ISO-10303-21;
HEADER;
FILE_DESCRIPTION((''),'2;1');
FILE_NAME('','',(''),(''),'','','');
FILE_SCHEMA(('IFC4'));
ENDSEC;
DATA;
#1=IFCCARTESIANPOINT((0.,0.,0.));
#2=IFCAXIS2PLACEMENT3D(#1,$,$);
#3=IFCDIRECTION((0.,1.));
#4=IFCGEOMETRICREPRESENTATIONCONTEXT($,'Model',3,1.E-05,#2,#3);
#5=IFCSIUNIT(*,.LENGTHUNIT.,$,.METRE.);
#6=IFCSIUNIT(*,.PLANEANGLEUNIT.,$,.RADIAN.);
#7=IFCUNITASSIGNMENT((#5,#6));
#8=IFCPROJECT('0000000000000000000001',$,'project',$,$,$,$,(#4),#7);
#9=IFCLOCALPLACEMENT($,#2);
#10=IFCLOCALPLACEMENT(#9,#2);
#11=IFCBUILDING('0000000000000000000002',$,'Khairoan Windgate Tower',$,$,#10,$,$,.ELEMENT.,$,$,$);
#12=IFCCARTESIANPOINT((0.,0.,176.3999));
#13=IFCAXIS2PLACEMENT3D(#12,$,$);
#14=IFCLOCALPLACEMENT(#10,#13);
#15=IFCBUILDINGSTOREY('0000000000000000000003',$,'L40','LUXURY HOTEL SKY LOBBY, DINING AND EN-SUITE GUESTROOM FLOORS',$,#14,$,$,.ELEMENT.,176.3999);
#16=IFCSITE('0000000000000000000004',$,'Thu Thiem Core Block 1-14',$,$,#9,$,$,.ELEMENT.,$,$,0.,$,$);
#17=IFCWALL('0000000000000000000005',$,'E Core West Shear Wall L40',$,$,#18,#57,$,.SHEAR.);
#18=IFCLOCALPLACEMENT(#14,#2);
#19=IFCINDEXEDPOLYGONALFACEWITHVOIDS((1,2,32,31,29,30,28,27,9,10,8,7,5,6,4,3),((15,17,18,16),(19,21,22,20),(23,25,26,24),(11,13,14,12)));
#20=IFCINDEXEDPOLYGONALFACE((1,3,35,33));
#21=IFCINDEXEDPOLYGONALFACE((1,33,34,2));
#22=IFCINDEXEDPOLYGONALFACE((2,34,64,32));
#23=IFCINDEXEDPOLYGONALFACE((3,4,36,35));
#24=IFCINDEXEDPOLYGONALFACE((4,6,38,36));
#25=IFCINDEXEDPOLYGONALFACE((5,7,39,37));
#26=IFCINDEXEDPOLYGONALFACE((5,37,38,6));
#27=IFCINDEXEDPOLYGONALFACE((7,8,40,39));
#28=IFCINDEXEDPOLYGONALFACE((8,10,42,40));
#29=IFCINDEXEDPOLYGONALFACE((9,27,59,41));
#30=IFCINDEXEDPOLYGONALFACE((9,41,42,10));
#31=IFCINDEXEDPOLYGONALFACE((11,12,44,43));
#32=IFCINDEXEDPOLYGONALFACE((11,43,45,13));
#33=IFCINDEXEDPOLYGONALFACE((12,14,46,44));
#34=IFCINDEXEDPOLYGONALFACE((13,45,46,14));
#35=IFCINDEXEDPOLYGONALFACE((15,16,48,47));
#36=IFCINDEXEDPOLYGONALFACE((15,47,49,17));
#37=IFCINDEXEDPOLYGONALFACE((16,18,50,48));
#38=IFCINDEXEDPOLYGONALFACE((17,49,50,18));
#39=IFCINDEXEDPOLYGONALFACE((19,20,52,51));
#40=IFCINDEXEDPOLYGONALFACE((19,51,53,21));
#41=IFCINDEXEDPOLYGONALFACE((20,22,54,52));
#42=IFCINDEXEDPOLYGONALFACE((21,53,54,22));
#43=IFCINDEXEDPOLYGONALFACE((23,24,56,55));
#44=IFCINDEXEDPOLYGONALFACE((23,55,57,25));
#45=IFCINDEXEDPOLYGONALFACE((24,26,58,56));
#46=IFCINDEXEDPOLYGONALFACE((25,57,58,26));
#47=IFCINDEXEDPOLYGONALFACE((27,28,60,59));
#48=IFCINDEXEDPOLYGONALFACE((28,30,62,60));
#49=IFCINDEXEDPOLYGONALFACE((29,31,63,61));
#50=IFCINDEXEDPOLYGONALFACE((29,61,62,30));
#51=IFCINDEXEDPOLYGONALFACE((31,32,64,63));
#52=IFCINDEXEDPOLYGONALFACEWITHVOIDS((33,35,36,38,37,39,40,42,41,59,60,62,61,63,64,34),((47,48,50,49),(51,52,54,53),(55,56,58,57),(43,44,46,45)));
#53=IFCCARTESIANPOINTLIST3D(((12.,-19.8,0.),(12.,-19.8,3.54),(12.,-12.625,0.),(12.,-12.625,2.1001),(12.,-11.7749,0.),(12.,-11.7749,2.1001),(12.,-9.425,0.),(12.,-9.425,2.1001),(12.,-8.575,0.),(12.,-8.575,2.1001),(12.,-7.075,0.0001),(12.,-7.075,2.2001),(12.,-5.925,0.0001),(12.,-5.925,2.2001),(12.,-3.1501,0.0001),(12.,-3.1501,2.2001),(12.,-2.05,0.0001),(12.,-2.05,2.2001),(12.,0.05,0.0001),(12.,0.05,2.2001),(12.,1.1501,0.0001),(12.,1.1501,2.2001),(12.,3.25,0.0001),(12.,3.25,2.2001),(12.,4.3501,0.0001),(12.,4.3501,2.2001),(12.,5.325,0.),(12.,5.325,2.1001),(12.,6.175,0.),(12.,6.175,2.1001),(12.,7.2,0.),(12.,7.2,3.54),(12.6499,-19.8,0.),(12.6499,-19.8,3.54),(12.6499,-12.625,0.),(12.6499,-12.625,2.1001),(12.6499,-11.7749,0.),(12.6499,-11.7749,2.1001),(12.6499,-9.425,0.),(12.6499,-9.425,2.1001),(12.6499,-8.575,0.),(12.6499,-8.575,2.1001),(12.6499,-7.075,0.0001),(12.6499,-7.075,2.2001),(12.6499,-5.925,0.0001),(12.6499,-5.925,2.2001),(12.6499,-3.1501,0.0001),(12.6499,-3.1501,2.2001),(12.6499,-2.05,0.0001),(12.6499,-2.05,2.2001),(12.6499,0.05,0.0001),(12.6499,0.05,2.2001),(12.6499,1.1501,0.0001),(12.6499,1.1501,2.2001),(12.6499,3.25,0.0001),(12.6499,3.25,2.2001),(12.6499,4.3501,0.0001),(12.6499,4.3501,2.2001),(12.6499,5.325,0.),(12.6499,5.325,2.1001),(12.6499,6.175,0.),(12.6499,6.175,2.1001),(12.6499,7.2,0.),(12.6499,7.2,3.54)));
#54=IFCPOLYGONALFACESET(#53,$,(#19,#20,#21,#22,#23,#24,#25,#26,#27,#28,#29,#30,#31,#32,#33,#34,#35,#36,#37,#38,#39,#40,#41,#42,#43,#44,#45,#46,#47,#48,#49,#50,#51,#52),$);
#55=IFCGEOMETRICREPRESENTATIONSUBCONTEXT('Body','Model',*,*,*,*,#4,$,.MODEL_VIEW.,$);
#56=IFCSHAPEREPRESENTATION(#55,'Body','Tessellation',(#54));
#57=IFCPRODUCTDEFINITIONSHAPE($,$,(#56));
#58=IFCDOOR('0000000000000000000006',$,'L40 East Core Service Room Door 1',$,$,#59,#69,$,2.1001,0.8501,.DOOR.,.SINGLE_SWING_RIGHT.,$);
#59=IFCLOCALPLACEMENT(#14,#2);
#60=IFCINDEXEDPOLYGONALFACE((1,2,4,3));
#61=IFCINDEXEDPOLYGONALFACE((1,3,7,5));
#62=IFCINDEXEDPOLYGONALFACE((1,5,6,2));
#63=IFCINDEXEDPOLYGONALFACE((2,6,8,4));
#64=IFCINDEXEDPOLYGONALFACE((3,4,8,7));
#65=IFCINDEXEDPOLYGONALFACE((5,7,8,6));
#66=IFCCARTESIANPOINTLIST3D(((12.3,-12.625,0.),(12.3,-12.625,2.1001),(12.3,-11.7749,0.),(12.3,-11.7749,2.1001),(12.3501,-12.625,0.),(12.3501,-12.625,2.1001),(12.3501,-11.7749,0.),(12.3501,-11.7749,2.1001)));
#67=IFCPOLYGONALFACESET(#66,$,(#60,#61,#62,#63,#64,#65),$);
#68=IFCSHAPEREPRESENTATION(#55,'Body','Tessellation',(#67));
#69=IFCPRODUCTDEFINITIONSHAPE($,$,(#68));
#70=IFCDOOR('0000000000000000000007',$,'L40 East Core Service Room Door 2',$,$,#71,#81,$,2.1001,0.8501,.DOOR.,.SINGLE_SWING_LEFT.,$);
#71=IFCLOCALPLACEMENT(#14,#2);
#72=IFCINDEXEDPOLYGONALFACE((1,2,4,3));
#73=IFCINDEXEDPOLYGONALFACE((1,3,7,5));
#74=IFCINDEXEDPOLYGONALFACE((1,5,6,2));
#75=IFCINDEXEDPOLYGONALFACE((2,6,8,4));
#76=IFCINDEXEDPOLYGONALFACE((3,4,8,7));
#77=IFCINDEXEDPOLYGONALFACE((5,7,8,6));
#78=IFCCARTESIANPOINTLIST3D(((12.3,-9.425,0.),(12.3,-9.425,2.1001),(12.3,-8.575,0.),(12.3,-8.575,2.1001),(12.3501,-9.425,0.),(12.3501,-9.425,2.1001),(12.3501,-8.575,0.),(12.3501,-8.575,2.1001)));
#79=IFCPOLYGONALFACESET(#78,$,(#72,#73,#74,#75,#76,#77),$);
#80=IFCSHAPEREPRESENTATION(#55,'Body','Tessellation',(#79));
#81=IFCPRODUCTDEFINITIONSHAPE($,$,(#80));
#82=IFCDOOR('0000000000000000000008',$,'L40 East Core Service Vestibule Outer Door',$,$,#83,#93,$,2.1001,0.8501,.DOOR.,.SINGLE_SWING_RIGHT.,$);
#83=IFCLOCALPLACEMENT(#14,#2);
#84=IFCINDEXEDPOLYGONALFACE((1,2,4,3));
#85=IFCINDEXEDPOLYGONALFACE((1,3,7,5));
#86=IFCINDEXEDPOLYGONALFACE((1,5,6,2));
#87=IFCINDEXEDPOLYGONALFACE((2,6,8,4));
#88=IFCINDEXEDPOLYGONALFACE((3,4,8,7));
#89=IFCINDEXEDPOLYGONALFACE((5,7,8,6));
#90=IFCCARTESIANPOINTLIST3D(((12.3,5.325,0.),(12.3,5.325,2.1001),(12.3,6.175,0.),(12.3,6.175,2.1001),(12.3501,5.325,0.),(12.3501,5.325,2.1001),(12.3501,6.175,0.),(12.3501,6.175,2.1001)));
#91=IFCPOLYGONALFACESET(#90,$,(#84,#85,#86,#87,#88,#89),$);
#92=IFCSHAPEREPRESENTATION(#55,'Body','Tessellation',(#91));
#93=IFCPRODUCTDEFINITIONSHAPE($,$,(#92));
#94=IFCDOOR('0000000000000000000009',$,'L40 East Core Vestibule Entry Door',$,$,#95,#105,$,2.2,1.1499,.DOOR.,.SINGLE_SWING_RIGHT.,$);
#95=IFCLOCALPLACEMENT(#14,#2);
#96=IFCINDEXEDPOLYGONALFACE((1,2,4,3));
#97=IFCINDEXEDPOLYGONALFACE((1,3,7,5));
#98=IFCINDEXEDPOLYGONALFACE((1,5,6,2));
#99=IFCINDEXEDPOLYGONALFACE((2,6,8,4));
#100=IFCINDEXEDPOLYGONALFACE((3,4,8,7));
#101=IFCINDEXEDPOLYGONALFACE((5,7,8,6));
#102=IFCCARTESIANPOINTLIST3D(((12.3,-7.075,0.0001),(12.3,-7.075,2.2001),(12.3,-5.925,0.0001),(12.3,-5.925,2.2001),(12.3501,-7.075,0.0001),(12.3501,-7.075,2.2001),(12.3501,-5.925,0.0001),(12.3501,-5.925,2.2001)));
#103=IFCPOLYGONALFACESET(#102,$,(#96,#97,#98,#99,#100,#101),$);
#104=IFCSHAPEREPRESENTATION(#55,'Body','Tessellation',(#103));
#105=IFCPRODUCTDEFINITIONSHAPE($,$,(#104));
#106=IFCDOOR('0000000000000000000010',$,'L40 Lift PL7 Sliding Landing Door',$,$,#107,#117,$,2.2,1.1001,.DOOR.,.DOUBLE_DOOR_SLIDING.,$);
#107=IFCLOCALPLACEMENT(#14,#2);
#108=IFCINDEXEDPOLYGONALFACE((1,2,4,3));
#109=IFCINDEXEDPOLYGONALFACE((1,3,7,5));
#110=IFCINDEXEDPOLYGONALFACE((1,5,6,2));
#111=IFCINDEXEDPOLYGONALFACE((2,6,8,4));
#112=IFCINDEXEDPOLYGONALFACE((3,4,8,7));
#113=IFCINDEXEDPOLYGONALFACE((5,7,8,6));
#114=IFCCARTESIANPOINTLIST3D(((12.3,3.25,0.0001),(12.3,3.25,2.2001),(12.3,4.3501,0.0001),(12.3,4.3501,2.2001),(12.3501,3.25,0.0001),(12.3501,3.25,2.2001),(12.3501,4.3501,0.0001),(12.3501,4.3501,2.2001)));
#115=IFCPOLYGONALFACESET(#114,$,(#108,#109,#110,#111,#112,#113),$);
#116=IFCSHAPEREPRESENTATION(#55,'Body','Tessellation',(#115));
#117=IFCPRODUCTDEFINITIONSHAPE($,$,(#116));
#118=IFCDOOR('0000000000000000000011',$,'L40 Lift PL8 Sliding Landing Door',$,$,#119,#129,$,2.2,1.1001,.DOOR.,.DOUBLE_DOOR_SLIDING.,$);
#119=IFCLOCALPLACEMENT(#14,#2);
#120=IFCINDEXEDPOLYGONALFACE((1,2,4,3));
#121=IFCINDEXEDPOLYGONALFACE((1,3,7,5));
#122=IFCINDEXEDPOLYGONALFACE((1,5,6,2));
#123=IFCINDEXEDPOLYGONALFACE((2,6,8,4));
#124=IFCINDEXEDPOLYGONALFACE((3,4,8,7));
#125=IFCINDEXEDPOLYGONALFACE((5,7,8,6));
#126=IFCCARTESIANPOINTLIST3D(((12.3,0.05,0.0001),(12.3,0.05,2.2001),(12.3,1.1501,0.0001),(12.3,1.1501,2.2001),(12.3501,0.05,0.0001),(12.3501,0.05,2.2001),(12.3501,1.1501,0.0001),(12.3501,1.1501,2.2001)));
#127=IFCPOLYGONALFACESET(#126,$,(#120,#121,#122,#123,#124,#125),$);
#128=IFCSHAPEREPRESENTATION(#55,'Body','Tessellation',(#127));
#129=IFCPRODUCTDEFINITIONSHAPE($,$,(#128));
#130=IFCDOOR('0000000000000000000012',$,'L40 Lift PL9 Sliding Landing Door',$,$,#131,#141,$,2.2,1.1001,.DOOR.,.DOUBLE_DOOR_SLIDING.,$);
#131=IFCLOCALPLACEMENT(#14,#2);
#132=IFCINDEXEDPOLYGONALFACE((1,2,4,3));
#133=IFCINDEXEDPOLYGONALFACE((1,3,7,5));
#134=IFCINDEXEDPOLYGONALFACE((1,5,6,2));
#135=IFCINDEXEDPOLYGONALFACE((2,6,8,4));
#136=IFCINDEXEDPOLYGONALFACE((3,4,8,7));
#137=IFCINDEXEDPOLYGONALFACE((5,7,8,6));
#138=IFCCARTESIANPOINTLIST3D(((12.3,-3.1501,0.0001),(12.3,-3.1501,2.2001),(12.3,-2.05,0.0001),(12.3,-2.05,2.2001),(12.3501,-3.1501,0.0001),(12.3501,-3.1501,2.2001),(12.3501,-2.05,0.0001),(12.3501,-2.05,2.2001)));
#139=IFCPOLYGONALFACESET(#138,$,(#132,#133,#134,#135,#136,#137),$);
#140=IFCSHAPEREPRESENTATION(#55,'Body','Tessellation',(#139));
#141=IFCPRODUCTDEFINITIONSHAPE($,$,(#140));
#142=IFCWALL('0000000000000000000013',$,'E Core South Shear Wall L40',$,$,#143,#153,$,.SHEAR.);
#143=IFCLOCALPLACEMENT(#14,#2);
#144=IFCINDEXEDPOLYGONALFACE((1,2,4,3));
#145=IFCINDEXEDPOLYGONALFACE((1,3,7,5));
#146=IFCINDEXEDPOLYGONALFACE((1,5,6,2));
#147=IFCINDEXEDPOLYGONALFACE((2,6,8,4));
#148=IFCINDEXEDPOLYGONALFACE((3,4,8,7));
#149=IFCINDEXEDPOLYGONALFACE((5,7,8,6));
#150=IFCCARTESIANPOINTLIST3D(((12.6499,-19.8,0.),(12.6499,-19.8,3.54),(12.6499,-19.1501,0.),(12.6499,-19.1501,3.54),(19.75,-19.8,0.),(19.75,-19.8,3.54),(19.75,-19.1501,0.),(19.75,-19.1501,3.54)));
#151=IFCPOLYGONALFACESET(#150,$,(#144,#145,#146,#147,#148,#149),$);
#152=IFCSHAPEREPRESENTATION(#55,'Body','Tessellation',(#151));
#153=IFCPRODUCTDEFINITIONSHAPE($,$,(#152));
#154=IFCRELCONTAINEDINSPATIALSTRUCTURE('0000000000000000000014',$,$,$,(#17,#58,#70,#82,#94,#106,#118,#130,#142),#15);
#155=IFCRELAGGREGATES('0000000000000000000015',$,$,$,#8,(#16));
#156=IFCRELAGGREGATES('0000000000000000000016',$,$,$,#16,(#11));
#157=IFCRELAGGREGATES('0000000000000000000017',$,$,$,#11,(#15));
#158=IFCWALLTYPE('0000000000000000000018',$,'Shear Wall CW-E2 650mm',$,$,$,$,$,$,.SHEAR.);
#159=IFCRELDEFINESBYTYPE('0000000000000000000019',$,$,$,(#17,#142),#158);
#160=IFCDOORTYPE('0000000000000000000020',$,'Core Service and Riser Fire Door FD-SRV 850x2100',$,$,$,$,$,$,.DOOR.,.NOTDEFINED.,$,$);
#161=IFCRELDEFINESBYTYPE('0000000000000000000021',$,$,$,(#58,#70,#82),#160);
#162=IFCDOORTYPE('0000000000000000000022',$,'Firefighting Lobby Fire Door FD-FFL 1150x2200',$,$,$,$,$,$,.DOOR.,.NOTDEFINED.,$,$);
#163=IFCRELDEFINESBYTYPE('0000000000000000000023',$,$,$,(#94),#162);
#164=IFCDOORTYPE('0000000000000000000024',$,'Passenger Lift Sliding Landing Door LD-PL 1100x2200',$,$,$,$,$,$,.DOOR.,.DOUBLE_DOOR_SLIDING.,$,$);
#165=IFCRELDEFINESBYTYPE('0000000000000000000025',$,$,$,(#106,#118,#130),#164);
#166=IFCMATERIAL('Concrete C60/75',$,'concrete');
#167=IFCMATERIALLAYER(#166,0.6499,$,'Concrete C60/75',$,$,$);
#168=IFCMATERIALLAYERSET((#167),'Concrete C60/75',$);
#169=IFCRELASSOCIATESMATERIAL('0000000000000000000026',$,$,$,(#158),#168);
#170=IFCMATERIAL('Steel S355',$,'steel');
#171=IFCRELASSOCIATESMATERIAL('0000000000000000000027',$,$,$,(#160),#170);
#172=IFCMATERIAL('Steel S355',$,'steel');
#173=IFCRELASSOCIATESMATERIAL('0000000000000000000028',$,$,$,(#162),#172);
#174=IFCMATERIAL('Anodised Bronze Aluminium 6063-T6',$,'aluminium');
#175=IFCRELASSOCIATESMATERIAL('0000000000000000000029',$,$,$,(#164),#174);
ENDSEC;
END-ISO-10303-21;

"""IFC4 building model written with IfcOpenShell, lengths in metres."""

from ifc_helpers import new_model, si_unit, direction, frame, frame_2d, origin, place, context, subcontext, project, spatial, rectangle, extrude, material, layer, layer_set, type_object, element, fill, save


model = new_model("IFC4")

# Units and contexts
model_context = context("Model", 3, precision=1e-05, world=origin(), true_north=direction((0.0, 1.0)))
body_context = subcontext(model_context, "Body", "Model", "MODEL_VIEW")
ifc_project = project(units=[si_unit("LENGTHUNIT", "METRE"), si_unit("PLANEANGLEUNIT", "RADIAN")], contexts=[model_context])

# Site, building, storey
site_placement = place(None, origin())
site = spatial("IfcSite", under=ifc_project, at=site_placement, Name="Thu Thiem Core Block 1-14", CompositionType="ELEMENT", RefElevation=0.0)
building_placement = place(site_placement, origin())
building = spatial("IfcBuilding", under=site, at=building_placement, Name="Khairoan Windgate Tower", CompositionType="ELEMENT")
storey_placement = place(building_placement, frame((0.0, 0.0, 176.3999)))
storey = spatial("IfcBuildingStorey", under=building, at=storey_placement, Name="L40", Description="LUXURY HOTEL SKY LOBBY, DINING AND EN-SUITE GUESTROOM FLOORS", CompositionType="ELEMENT", Elevation=176.3999)

# Wall, openings, doors
ifc_material_1 = material(Name="Concrete C60/75", Category="concrete")
ifc_layer_1 = layer(ifc_material_1, 0.6499, Name="Concrete C60/75")
ifc_layer_set_1 = layer_set([ifc_layer_1], Name="Concrete C60/75")
wall_type_1 = type_object("IfcWallType", Name="Shear Wall CW-E2 650mm", PredefinedType="SHEAR", material=ifc_layer_set_1)
wall_1_placement = place(storey_placement, frame((12.325, -19.8, 0.0), z_axis=(0.0, 0.0, 1.0), x_axis=(0.0, 1.0, 0.0)))
wall_1 = element("IfcWall", 1, at=wall_1_placement, inside=storey, type_object=wall_type_1, Name="E Core West Shear Wall L40", PredefinedType="SHEAR", context=body_context, shape_type="SweptSolid", body=[
    extrude(rectangle(XDim=27.0, YDim=0.6499, at=frame_2d((13.5, 0.0))), origin(), (0.0, 0.0, 1.0), 3.54),
])
opening_1_placement = place(wall_1_placement, frame((23.05, 0.0, 0.0)))
opening_1 = element("IfcOpeningElement", 2, at=opening_1_placement, cuts=wall_1, PredefinedType="OPENING", context=body_context, shape_type="SweptSolid", body=[
    extrude(rectangle(XDim=1.1001, YDim=2.2, at=frame_2d((0.55, 1.1001))), frame((0.0, 0.335, 0.0), z_axis=(0.0, -1.0, 0.0), x_axis=(1.0, 0.0, 0.0)), (0.0, 0.0, 1.0), 0.6699),
])
opening_2_placement = place(wall_1_placement, frame((19.8501, 0.0, 0.0)))
opening_2 = element("IfcOpeningElement", 3, at=opening_2_placement, cuts=wall_1, PredefinedType="OPENING", context=body_context, shape_type="SweptSolid", body=[
    extrude(rectangle(XDim=1.1001, YDim=2.2, at=frame_2d((0.55, 1.1001))), frame((0.0, 0.335, 0.0), z_axis=(0.0, -1.0, 0.0), x_axis=(1.0, 0.0, 0.0)), (0.0, 0.0, 1.0), 0.6699),
])
opening_3_placement = place(wall_1_placement, frame((16.6499, 0.0, 0.0)))
opening_3 = element("IfcOpeningElement", 4, at=opening_3_placement, cuts=wall_1, PredefinedType="OPENING", context=body_context, shape_type="SweptSolid", body=[
    extrude(rectangle(XDim=1.1001, YDim=2.2, at=frame_2d((0.55, 1.1001))), frame((0.0, 0.335, 0.0), z_axis=(0.0, -1.0, 0.0), x_axis=(1.0, 0.0, 0.0)), (0.0, 0.0, 1.0), 0.6699),
])
opening_4_placement = place(wall_1_placement, frame((7.175, 0.0, 0.0)))
opening_4 = element("IfcOpeningElement", 5, at=opening_4_placement, cuts=wall_1, PredefinedType="OPENING", context=body_context, shape_type="SweptSolid", body=[
    extrude(rectangle(XDim=0.8501, YDim=2.1001, at=frame_2d((0.425, 1.05))), frame((0.0, 0.335, 0.0), z_axis=(0.0, -1.0, 0.0), x_axis=(1.0, 0.0, 0.0)), (0.0, 0.0, 1.0), 0.6699),
])
opening_5_placement = place(wall_1_placement, frame((10.375, 0.0, 0.0)))
opening_5 = element("IfcOpeningElement", 6, at=opening_5_placement, cuts=wall_1, PredefinedType="OPENING", context=body_context, shape_type="SweptSolid", body=[
    extrude(rectangle(XDim=0.8501, YDim=2.1001, at=frame_2d((0.425, 1.05))), frame((0.0, 0.335, 0.0), z_axis=(0.0, -1.0, 0.0), x_axis=(1.0, 0.0, 0.0)), (0.0, 0.0, 1.0), 0.6699),
])
opening_6_placement = place(wall_1_placement, frame((12.7251, 0.0, 0.0)))
opening_6 = element("IfcOpeningElement", 7, at=opening_6_placement, cuts=wall_1, PredefinedType="OPENING", context=body_context, shape_type="SweptSolid", body=[
    extrude(rectangle(XDim=1.1499, YDim=2.2, at=frame_2d((0.575, 1.1001))), frame((0.0, 0.335, 0.0), z_axis=(0.0, -1.0, 0.0), x_axis=(1.0, 0.0, 0.0)), (0.0, 0.0, 1.0), 0.6699),
])
opening_7_placement = place(wall_1_placement, frame((25.125, 0.0, 0.0)))
opening_7 = element("IfcOpeningElement", 8, at=opening_7_placement, cuts=wall_1, PredefinedType="OPENING", context=body_context, shape_type="SweptSolid", body=[
    extrude(rectangle(XDim=0.8501, YDim=2.1001, at=frame_2d((0.425, 1.05))), frame((0.0, 0.335, 0.0), z_axis=(0.0, -1.0, 0.0), x_axis=(1.0, 0.0, 0.0)), (0.0, 0.0, 1.0), 0.6699),
])
ifc_material_2 = material(Name="Steel S355", Category="steel")
door_type_1 = type_object("IfcDoorType", Name="Core Service and Riser Fire Door FD-SRV 850x2100", OperationType="NOTDEFINED", PredefinedType="DOOR", material=ifc_material_2)
door_1_placement = place(opening_4_placement, origin())
door_1 = element("IfcDoor", 9, at=door_1_placement, inside=storey, type_object=door_type_1, Name="L40 East Core Service Room Door 1", OperationType="SINGLE_SWING_RIGHT", OverallHeight=2.1001, OverallWidth=0.8501, PredefinedType="DOOR", context=body_context, shape_type="SweptSolid", body=[
    extrude(rectangle(XDim=0.8501, YDim=2.1001, at=frame_2d((0.425, 1.05))), frame((0.0, 0.0249, 0.0), z_axis=(0.0, -1.0, 0.0), x_axis=(1.0, 0.0, 0.0)), (0.0, 0.0, 1.0), 0.05),
])
fill(opening_4, door_1)
door_2_placement = place(opening_5_placement, origin())
door_2 = element("IfcDoor", 10, at=door_2_placement, inside=storey, type_object=door_type_1, Name="L40 East Core Service Room Door 2", OperationType="SINGLE_SWING_LEFT", OverallHeight=2.1001, OverallWidth=0.8501, PredefinedType="DOOR", context=body_context, shape_type="SweptSolid", body=[
    extrude(rectangle(XDim=0.8501, YDim=2.1001, at=frame_2d((0.425, 1.05))), frame((0.0, 0.0249, 0.0), z_axis=(0.0, -1.0, 0.0), x_axis=(1.0, 0.0, 0.0)), (0.0, 0.0, 1.0), 0.05),
])
fill(opening_5, door_2)
door_3_placement = place(opening_7_placement, origin())
door_3 = element("IfcDoor", 11, at=door_3_placement, inside=storey, type_object=door_type_1, Name="L40 East Core Service Vestibule Outer Door", OperationType="SINGLE_SWING_RIGHT", OverallHeight=2.1001, OverallWidth=0.8501, PredefinedType="DOOR", context=body_context, shape_type="SweptSolid", body=[
    extrude(rectangle(XDim=0.8501, YDim=2.1001, at=frame_2d((0.425, 1.05))), frame((0.0, 0.0249, 0.0), z_axis=(0.0, -1.0, 0.0), x_axis=(1.0, 0.0, 0.0)), (0.0, 0.0, 1.0), 0.05),
])
fill(opening_7, door_3)
ifc_material_3 = material(Name="Steel S355", Category="steel")
door_type_2 = type_object("IfcDoorType", Name="Firefighting Lobby Fire Door FD-FFL 1150x2200", OperationType="NOTDEFINED", PredefinedType="DOOR", material=ifc_material_3)
door_4_placement = place(opening_6_placement, origin())
door_4 = element("IfcDoor", 12, at=door_4_placement, inside=storey, type_object=door_type_2, Name="L40 East Core Vestibule Entry Door", OperationType="SINGLE_SWING_RIGHT", OverallHeight=2.2, OverallWidth=1.1499, PredefinedType="DOOR", context=body_context, shape_type="SweptSolid", body=[
    extrude(rectangle(XDim=1.1499, YDim=2.2, at=frame_2d((0.575, 1.1001))), frame((0.0, 0.0249, 0.0), z_axis=(0.0, -1.0, 0.0), x_axis=(1.0, 0.0, 0.0)), (0.0, 0.0, 1.0), 0.05),
])
fill(opening_6, door_4)
ifc_material_4 = material(Name="Anodised Bronze Aluminium 6063-T6", Category="aluminium")
door_type_3 = type_object("IfcDoorType", Name="Passenger Lift Sliding Landing Door LD-PL 1100x2200", OperationType="DOUBLE_DOOR_SLIDING", PredefinedType="DOOR", material=ifc_material_4)
door_5_placement = place(opening_1_placement, origin())
door_5 = element("IfcDoor", 13, at=door_5_placement, inside=storey, type_object=door_type_3, Name="L40 Lift PL7 Sliding Landing Door", OperationType="DOUBLE_DOOR_SLIDING", OverallHeight=2.2, OverallWidth=1.1001, PredefinedType="DOOR", context=body_context, shape_type="SweptSolid", body=[
    extrude(rectangle(XDim=1.1001, YDim=2.2, at=frame_2d((0.55, 1.1001))), frame((0.0, 0.0249, 0.0), z_axis=(0.0, -1.0, 0.0), x_axis=(1.0, 0.0, 0.0)), (0.0, 0.0, 1.0), 0.05),
])
fill(opening_1, door_5)
door_6_placement = place(opening_2_placement, origin())
door_6 = element("IfcDoor", 14, at=door_6_placement, inside=storey, type_object=door_type_3, Name="L40 Lift PL8 Sliding Landing Door", OperationType="DOUBLE_DOOR_SLIDING", OverallHeight=2.2, OverallWidth=1.1001, PredefinedType="DOOR", context=body_context, shape_type="SweptSolid", body=[
    extrude(rectangle(XDim=1.1001, YDim=2.2, at=frame_2d((0.55, 1.1001))), frame((0.0, 0.0249, 0.0), z_axis=(0.0, -1.0, 0.0), x_axis=(1.0, 0.0, 0.0)), (0.0, 0.0, 1.0), 0.05),
])
fill(opening_2, door_6)
door_7_placement = place(opening_3_placement, origin())
door_7 = element("IfcDoor", 15, at=door_7_placement, inside=storey, type_object=door_type_3, Name="L40 Lift PL9 Sliding Landing Door", OperationType="DOUBLE_DOOR_SLIDING", OverallHeight=2.2, OverallWidth=1.1001, PredefinedType="DOOR", context=body_context, shape_type="SweptSolid", body=[
    extrude(rectangle(XDim=1.1001, YDim=2.2, at=frame_2d((0.55, 1.1001))), frame((0.0, 0.0249, 0.0), z_axis=(0.0, -1.0, 0.0), x_axis=(1.0, 0.0, 0.0)), (0.0, 0.0, 1.0), 0.05),
])
fill(opening_3, door_7)

# Wall
wall_2_placement = place(storey_placement, frame((12.6499, -19.4751, 0.0), z_axis=(0.0, 0.0, 1.0), x_axis=(1.0, 0.0, 0.0)))
element("IfcWall", 16, at=wall_2_placement, inside=storey, type_object=wall_type_1, Name="E Core South Shear Wall L40", PredefinedType="SHEAR", context=body_context, shape_type="SweptSolid", body=[
    extrude(rectangle(XDim=7.1001, YDim=0.6499, at=frame_2d((3.55, 0.0))), origin(), (0.0, 0.0, 1.0), 3.54),
])

save(model, "model.ifc")
